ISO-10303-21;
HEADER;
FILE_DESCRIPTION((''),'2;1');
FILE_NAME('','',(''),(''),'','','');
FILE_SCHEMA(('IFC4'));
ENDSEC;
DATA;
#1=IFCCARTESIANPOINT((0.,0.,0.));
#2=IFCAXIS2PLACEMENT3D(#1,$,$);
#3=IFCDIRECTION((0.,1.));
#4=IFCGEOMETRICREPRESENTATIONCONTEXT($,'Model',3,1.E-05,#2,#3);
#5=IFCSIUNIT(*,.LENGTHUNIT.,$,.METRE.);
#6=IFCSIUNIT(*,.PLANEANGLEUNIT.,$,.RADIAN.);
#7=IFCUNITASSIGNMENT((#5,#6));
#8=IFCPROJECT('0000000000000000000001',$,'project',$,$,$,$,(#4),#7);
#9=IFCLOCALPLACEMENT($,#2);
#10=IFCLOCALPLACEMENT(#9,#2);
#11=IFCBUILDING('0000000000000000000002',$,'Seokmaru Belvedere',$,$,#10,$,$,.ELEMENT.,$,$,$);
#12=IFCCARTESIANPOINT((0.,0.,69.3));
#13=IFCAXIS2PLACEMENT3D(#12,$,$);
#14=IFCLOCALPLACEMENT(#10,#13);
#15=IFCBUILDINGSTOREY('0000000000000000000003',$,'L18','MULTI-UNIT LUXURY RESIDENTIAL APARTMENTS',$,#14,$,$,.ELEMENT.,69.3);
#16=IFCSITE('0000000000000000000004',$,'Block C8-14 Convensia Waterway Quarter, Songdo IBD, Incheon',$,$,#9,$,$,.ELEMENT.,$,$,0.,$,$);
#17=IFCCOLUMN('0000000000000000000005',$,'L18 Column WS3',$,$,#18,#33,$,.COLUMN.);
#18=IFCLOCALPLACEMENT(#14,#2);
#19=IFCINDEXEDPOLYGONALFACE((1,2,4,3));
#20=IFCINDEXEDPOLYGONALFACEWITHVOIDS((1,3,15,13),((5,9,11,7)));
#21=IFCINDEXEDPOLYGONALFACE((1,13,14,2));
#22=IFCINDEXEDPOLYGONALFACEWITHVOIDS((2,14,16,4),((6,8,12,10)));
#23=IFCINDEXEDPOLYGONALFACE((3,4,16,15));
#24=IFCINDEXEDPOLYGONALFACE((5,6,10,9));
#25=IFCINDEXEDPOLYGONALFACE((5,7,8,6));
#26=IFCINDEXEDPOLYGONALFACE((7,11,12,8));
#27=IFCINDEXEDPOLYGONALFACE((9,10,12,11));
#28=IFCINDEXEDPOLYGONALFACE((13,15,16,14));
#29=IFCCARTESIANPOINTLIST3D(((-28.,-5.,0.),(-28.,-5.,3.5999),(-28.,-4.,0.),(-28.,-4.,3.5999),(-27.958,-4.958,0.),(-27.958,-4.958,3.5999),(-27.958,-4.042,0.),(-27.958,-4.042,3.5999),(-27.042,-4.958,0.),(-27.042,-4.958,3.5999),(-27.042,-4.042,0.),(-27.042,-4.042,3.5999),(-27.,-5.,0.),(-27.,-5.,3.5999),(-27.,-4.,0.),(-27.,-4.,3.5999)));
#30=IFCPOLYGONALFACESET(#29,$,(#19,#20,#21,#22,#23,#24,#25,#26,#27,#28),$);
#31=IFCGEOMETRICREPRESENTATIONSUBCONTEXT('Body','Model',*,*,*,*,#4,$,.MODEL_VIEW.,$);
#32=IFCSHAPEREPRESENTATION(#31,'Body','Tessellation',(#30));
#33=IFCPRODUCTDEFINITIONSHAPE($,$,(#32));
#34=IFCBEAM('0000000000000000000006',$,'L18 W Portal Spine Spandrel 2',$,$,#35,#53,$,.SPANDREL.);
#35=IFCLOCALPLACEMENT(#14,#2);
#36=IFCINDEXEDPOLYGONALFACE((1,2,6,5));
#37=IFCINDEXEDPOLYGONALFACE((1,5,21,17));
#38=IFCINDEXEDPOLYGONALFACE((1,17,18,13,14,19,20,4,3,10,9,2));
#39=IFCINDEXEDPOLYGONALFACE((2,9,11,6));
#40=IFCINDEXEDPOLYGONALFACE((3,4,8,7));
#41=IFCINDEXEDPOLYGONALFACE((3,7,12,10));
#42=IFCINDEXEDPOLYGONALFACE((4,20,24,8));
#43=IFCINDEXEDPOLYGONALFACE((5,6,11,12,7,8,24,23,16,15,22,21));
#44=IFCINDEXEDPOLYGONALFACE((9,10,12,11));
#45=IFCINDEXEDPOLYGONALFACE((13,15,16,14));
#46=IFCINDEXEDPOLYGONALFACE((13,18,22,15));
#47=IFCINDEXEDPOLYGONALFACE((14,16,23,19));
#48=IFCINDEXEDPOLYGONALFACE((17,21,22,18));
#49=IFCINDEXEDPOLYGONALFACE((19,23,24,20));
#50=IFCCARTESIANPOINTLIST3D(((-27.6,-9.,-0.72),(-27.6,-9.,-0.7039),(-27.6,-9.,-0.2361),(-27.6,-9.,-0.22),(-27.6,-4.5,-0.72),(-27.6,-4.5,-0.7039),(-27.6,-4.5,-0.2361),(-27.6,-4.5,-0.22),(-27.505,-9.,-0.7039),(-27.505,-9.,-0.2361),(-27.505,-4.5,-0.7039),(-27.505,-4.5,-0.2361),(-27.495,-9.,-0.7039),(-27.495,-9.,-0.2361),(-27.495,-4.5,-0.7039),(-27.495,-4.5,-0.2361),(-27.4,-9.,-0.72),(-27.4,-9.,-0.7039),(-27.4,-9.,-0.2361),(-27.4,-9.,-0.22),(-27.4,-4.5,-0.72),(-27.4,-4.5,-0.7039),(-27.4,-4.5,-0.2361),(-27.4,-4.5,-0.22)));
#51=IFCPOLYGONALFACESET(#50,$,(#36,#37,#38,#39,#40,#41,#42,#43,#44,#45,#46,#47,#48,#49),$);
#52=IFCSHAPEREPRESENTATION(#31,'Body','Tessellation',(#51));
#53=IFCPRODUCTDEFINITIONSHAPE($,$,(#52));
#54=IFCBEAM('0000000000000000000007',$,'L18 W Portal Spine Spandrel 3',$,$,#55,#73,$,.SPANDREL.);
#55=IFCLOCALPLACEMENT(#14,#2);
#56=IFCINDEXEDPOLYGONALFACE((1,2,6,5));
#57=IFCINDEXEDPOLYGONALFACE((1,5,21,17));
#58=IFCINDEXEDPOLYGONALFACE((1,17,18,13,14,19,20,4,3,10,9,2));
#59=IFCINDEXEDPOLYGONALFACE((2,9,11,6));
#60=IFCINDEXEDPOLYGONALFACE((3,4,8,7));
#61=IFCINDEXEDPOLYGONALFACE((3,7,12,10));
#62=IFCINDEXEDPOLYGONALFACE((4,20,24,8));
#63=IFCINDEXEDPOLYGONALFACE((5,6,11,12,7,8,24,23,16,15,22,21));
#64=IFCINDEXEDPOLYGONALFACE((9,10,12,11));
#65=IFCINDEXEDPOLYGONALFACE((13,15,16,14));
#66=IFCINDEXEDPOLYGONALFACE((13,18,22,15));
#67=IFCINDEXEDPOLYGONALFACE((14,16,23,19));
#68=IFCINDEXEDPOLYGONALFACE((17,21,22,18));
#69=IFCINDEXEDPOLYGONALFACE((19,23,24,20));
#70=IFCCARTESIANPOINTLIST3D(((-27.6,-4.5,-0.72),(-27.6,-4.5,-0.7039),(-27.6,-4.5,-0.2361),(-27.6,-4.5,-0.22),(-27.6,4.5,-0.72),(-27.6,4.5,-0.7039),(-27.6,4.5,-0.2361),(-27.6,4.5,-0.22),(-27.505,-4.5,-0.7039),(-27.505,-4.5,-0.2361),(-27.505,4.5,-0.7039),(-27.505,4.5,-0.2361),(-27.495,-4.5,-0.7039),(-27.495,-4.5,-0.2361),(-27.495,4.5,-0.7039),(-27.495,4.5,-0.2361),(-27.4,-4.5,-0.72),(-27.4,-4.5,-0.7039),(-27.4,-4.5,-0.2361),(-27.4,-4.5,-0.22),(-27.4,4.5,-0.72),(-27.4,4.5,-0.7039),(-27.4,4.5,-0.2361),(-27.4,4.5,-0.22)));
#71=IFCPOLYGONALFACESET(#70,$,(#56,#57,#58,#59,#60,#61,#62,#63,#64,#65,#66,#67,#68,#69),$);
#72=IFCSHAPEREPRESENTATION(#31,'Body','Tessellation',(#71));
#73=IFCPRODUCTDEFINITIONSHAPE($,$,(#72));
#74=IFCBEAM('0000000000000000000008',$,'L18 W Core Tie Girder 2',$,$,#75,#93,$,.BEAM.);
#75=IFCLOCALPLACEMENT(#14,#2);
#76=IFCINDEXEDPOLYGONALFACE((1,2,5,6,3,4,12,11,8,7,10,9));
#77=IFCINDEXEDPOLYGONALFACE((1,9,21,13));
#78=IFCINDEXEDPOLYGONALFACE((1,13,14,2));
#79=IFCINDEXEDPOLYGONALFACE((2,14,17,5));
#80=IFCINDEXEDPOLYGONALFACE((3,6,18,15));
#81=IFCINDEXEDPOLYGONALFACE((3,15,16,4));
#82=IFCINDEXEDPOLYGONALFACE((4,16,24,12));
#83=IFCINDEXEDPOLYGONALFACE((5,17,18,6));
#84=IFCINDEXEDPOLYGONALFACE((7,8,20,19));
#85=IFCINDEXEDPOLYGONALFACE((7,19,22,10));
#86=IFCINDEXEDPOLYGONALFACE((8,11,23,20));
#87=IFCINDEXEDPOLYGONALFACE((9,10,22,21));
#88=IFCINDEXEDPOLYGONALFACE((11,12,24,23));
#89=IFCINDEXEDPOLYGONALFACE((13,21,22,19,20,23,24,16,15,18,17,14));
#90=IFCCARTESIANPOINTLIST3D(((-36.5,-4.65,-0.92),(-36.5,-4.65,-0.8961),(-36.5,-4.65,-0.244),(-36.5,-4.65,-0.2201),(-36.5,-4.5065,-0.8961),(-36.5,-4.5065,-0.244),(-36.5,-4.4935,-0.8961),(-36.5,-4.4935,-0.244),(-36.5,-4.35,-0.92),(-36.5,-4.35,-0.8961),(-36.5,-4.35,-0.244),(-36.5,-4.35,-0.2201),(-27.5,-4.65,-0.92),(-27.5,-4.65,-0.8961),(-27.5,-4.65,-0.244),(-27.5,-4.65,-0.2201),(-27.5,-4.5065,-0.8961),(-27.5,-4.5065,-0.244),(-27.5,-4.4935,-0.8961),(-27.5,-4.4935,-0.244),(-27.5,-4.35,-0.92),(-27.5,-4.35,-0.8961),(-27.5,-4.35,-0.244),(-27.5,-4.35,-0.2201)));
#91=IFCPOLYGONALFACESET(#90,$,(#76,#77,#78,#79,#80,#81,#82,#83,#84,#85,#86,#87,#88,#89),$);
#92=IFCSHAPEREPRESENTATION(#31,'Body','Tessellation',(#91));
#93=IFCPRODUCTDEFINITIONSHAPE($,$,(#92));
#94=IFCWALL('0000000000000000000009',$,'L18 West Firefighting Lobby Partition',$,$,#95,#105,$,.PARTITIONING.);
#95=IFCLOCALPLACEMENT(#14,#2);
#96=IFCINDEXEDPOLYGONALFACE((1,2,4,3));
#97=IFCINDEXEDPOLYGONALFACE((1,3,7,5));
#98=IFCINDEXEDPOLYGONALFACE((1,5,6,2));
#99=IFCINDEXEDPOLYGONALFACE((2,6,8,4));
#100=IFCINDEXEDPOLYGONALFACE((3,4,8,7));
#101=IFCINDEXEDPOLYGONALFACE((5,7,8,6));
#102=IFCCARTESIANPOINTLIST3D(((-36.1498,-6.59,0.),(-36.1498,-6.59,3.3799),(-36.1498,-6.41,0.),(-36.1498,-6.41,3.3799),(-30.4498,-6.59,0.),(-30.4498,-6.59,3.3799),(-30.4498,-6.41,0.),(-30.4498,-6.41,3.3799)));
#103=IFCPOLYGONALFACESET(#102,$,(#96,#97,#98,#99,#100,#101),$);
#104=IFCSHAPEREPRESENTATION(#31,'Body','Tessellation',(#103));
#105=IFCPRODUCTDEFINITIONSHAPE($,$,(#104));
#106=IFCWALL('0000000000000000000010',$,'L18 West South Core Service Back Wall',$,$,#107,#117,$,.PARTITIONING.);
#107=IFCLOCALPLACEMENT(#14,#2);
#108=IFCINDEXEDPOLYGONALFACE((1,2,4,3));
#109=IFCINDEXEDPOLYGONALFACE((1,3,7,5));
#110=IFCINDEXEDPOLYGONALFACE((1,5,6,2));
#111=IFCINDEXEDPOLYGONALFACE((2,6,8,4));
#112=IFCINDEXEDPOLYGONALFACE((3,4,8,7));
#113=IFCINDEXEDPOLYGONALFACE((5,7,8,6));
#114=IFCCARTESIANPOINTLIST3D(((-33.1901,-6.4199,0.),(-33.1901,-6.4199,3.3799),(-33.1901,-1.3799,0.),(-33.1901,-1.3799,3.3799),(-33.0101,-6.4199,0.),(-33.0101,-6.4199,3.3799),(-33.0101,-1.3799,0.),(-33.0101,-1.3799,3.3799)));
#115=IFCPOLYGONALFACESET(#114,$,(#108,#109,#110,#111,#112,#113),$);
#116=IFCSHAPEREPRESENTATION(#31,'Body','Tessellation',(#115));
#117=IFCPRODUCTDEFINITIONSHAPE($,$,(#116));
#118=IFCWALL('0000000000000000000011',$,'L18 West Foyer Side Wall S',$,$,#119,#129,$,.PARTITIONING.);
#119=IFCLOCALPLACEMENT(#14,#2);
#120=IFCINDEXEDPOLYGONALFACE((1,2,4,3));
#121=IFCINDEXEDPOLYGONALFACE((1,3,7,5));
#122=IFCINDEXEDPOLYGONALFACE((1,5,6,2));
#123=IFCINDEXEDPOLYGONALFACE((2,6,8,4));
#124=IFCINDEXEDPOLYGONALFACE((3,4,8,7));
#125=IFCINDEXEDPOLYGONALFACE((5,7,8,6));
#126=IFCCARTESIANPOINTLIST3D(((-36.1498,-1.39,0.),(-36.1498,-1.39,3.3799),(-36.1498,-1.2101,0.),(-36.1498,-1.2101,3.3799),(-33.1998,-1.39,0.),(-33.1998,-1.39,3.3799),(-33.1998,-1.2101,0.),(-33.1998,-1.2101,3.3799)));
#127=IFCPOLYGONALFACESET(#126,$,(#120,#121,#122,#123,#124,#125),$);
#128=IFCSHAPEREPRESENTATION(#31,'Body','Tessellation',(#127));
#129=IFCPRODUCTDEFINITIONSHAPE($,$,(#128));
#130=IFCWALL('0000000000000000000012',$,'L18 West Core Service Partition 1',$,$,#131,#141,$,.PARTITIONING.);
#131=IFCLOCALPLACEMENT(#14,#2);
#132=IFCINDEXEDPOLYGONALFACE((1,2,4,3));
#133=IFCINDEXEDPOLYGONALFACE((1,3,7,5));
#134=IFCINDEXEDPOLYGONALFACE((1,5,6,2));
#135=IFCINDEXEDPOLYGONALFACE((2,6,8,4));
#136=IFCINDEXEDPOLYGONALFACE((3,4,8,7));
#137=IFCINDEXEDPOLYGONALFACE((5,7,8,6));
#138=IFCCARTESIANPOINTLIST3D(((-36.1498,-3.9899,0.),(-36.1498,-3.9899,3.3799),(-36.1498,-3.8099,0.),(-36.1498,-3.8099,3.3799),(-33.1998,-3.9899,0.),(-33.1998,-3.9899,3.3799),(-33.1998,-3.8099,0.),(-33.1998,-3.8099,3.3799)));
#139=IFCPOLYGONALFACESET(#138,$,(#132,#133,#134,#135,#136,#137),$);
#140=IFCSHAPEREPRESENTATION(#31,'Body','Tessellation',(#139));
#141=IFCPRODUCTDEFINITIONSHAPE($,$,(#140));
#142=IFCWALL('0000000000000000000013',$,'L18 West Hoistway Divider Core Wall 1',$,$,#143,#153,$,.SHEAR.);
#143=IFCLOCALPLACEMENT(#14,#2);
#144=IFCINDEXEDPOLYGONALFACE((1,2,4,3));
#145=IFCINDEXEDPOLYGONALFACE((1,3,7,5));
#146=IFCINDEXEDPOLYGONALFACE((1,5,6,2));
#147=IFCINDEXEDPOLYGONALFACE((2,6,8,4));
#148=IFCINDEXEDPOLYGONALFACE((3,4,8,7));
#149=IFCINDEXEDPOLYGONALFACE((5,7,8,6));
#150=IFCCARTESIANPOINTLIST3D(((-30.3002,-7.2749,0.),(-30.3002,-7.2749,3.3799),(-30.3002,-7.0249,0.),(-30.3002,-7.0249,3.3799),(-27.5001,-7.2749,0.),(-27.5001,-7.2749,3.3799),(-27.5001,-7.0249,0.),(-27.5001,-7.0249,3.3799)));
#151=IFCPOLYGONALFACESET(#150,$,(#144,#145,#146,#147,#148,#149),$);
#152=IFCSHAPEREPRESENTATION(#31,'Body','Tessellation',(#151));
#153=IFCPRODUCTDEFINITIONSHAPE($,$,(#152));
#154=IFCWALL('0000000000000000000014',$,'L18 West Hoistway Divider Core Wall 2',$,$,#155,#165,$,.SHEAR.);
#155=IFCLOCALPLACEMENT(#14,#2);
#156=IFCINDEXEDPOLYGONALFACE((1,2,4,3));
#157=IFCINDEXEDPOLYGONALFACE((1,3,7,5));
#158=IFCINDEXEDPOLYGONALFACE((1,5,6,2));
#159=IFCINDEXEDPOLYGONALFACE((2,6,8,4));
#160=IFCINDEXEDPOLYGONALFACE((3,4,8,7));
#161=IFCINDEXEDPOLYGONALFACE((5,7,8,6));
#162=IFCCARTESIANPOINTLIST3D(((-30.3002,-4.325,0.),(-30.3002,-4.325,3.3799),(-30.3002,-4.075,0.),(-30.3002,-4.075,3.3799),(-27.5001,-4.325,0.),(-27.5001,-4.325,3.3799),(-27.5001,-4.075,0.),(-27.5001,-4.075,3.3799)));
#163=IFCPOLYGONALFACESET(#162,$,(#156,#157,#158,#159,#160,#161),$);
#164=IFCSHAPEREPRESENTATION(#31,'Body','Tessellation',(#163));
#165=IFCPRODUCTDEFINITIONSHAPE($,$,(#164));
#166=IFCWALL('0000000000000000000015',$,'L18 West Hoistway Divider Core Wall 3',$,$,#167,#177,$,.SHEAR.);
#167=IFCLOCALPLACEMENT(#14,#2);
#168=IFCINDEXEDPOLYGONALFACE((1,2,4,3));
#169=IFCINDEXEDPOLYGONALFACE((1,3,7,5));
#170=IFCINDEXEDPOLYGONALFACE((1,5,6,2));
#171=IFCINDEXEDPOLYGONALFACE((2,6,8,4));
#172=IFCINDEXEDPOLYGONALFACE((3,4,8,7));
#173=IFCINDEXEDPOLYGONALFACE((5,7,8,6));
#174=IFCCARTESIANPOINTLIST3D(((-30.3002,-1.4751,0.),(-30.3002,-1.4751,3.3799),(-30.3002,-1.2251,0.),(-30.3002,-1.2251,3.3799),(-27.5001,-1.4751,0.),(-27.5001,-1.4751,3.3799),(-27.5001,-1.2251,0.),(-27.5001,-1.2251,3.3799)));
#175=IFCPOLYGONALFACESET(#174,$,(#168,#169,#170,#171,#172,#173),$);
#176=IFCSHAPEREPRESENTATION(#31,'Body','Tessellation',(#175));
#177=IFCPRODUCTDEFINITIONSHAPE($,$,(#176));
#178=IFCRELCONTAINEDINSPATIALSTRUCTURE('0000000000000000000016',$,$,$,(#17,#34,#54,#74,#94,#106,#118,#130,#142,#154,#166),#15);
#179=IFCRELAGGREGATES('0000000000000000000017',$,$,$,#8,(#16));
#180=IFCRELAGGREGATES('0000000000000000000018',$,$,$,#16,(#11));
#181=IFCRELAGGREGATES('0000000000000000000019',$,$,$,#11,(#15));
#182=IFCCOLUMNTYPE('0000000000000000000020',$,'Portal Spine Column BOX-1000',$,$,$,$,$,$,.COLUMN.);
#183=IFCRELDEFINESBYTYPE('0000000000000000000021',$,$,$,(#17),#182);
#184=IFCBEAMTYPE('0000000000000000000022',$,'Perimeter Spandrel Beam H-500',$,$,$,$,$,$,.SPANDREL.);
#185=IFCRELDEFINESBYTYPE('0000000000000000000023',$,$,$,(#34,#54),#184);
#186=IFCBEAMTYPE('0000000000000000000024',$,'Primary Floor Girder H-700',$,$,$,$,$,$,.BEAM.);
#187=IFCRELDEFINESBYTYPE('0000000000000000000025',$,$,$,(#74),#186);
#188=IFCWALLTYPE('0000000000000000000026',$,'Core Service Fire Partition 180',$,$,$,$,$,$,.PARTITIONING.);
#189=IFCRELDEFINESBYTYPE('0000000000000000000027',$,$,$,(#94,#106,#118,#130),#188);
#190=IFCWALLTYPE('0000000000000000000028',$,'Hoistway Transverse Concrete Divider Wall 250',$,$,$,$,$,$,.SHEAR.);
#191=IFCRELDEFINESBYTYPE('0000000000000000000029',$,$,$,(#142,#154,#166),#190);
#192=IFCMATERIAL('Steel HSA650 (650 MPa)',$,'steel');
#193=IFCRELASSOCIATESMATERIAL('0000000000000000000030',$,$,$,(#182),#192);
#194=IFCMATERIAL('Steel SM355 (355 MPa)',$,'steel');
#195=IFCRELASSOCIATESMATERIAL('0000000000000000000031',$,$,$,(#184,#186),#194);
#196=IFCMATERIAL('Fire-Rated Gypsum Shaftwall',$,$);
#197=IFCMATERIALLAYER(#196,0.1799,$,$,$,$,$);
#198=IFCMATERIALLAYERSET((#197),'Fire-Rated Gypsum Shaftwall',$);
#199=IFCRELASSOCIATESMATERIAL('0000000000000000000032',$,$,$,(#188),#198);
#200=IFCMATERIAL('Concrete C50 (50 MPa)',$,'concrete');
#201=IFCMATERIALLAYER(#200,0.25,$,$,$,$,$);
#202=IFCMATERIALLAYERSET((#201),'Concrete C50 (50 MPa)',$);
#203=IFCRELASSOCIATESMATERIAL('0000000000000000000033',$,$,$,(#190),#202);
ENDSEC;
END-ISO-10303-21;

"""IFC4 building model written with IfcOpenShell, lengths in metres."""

from ifc_helpers import new_model, si_unit, direction, frame, frame_2d, origin, origin_2d, place, context, subcontext, project, spatial, rectangle, hollow_rectangle, i_section, extrude, source, transform, mapped, material, layer, layer_set, material_profile, profile_set, type_object, type_shapes, element, save


model = new_model("IFC4")

# Units and contexts
model_context = context("Model", 3, precision=1e-05, world=origin(), true_north=direction((0.0, 1.0)))
body_context = subcontext(model_context, "Body", "Model", "MODEL_VIEW")
ifc_project = project(units=[si_unit("LENGTHUNIT", "METRE"), si_unit("PLANEANGLEUNIT", "RADIAN")], contexts=[model_context])

# Site, building, storey
site_placement = place(None, origin())
site = spatial("IfcSite", under=ifc_project, at=site_placement, Name="Block C8-14 Convensia Waterway Quarter, Songdo IBD, Incheon", CompositionType="ELEMENT", RefElevation=0.0)
building_placement = place(site_placement, origin())
building = spatial("IfcBuilding", under=site, at=building_placement, Name="Seokmaru Belvedere", CompositionType="ELEMENT")
storey_placement = place(building_placement, frame((0.0, 0.0, 69.3)))
storey = spatial("IfcBuildingStorey", under=building, at=storey_placement, Name="L18", Description="MULTI-UNIT LUXURY RESIDENTIAL APARTMENTS", CompositionType="ELEMENT", Elevation=69.3)

# Column
ifc_material_1 = material(Name="Steel HSA650 (650 MPa)", Category="steel")
ifc_material_profile_1 = material_profile(ifc_material_1, hollow_rectangle(XDim=1.0, YDim=1.0, WallThickness=0.042, at=origin_2d()), Name="BOX-1000x1000x42")
ifc_profile_set_1 = profile_set([ifc_material_profile_1], Name="Steel HSA650 (650 MPa)")
column_type = type_object("IfcColumnType", Name="Portal Spine Column BOX-1000", PredefinedType="COLUMN", material=ifc_profile_set_1)
shared_shape_1 = source(origin(), body_context, "Body", "SweptSolid", [
    extrude(hollow_rectangle(XDim=1.0, YDim=1.0, WallThickness=0.042, at=origin_2d()), origin(), (0.0, 0.0, 1.0), 3.5999),
])
type_shapes(column_type, [shared_shape_1])
column_placement = place(storey_placement, frame((-27.5, -4.5, 0.0), z_axis=(0.0, 0.0, 1.0), x_axis=(1.0, 0.0, 0.0)))
element("IfcColumn", 1, at=column_placement, inside=storey, type_object=column_type, Name="L18 Column WS3", PredefinedType="COLUMN", context=body_context, shape_type="MappedRepresentation", body=[
    mapped(shared_shape_1, transform((0.0, 0.0, 0.0), scale=1.0)),
])

# Beams
ifc_material_2 = material(Name="Steel SM355 (355 MPa)", Category="steel")
ifc_material_profile_2 = material_profile(ifc_material_2, i_section(OverallWidth=0.2, OverallDepth=0.5, WebThickness=0.01, FlangeThickness=0.0161, at=origin_2d()), Name="H-500x200x10x16")
ifc_profile_set_2 = profile_set([ifc_material_profile_2], Name="Steel SM355 (355 MPa)")
beam_type_1 = type_object("IfcBeamType", Name="Perimeter Spandrel Beam H-500", PredefinedType="SPANDREL", material=ifc_profile_set_2)
shared_shape_2 = source(origin(), body_context, "Body", "SweptSolid", [
    extrude(i_section(OverallWidth=0.2, OverallDepth=0.5, WebThickness=0.01, FlangeThickness=0.0161, at=origin_2d()), origin(), (0.0, 0.0, 1.0), 4.5),
])
beam_1_placement = place(storey_placement, frame((-27.5, -9.0, -0.47), z_axis=(0.0, 1.0, 0.0), x_axis=(-1.0, 0.0, 0.0)))
element("IfcBeam", 2, at=beam_1_placement, inside=storey, type_object=beam_type_1, Name="L18 W Portal Spine Spandrel 2", PredefinedType="SPANDREL", context=body_context, shape_type="MappedRepresentation", body=[
    mapped(shared_shape_2, transform((0.0, 0.0, 0.0), scale=1.0)),
])
shared_shape_3 = source(origin(), body_context, "Body", "SweptSolid", [
    extrude(i_section(OverallWidth=0.2, OverallDepth=0.5, WebThickness=0.01, FlangeThickness=0.0161, at=origin_2d()), origin(), (0.0, 0.0, 1.0), 9.0),
])
type_shapes(beam_type_1, [shared_shape_2, shared_shape_3])
beam_2_placement = place(storey_placement, frame((-27.5, -4.5, -0.47), z_axis=(0.0, 1.0, 0.0), x_axis=(-1.0, 0.0, 0.0)))
element("IfcBeam", 3, at=beam_2_placement, inside=storey, type_object=beam_type_1, Name="L18 W Portal Spine Spandrel 3", PredefinedType="SPANDREL", context=body_context, shape_type="MappedRepresentation", body=[
    mapped(shared_shape_3, transform((0.0, 0.0, 0.0), scale=1.0)),
])
ifc_material_profile_3 = material_profile(ifc_material_2, i_section(OverallWidth=0.3, OverallDepth=0.7, WebThickness=0.0129, FlangeThickness=0.0239, at=origin_2d()), Name="H-700x300x13x24")
ifc_profile_set_3 = profile_set([ifc_material_profile_3], Name="Steel SM355 (355 MPa)")
beam_type_2 = type_object("IfcBeamType", Name="Primary Floor Girder H-700", PredefinedType="BEAM", material=ifc_profile_set_3)
shared_shape_4 = source(origin(), body_context, "Body", "SweptSolid", [
    extrude(i_section(OverallWidth=0.3, OverallDepth=0.7, WebThickness=0.0129, FlangeThickness=0.0239, at=origin_2d()), origin(), (0.0, 0.0, 1.0), 9.0),
])
type_shapes(beam_type_2, [shared_shape_4])
beam_3_placement = place(storey_placement, frame((-36.5, -4.5, -0.5701), z_axis=(1.0, 0.0, 0.0), x_axis=(0.0, 1.0, 0.0)))
element("IfcBeam", 4, at=beam_3_placement, inside=storey, type_object=beam_type_2, Name="L18 W Core Tie Girder 2", PredefinedType="BEAM", context=body_context, shape_type="MappedRepresentation", body=[
    mapped(shared_shape_4, transform((0.0, 0.0, 0.0), scale=1.0)),
])

# Walls
ifc_material_3 = material(Name="Fire-Rated Gypsum Shaftwall")
ifc_layer_1 = layer(ifc_material_3, 0.1799)
ifc_layer_set_1 = layer_set([ifc_layer_1], Name="Fire-Rated Gypsum Shaftwall")
wall_type_1 = type_object("IfcWallType", Name="Core Service Fire Partition 180", PredefinedType="PARTITIONING", material=ifc_layer_set_1)
wall_1_placement = place(storey_placement, frame((-36.1499, -6.5, 0.0), z_axis=(0.0, 0.0, 1.0), x_axis=(1.0, 0.0, 0.0)))
element("IfcWall", 5, at=wall_1_placement, inside=storey, type_object=wall_type_1, Name="L18 West Firefighting Lobby Partition", PredefinedType="PARTITIONING", context=body_context, shape_type="SweptSolid", body=[
    extrude(rectangle(XDim=5.7, YDim=0.1799, at=frame_2d((2.8501, 0.0))), origin(), (0.0, 0.0, 1.0), 3.3799),
])
wall_2_placement = place(storey_placement, frame((-33.1001, -6.4199, 0.0), z_axis=(0.0, 0.0, 1.0), x_axis=(0.0, 1.0, 0.0)))
element("IfcWall", 6, at=wall_2_placement, inside=storey, type_object=wall_type_1, Name="L18 West South Core Service Back Wall", PredefinedType="PARTITIONING", context=body_context, shape_type="SweptSolid", body=[
    extrude(rectangle(XDim=5.04, YDim=0.1799, at=frame_2d((2.52, 0.0))), origin(), (0.0, 0.0, 1.0), 3.3799),
])
for number, where, z_axis, x_axis, name in (
    (7, (-36.1499, -1.3, 0.0), (0.0, 0.0, 1.0), (1.0, 0.0, 0.0), "L18 West Foyer Side Wall S"),
    (8, (-36.1499, -3.8999, 0.0), (0.0, 0.0, 1.0), (1.0, 0.0, 0.0), "L18 West Core Service Partition 1"),
):
    element("IfcWall", number, at=place(storey_placement, frame(where, z_axis=z_axis, x_axis=x_axis)), inside=storey, type_object=wall_type_1, Name=name, PredefinedType="PARTITIONING", context=body_context, shape_type="SweptSolid", body=[
        extrude(rectangle(XDim=2.95, YDim=0.1799, at=frame_2d((1.4751, 0.0))), origin(), (0.0, 0.0, 1.0), 3.3799),
    ])
ifc_material_4 = material(Name="Concrete C50 (50 MPa)", Category="concrete")
ifc_layer_2 = layer(ifc_material_4, 0.25)
ifc_layer_set_2 = layer_set([ifc_layer_2], Name="Concrete C50 (50 MPa)")
wall_type_2 = type_object("IfcWallType", Name="Hoistway Transverse Concrete Divider Wall 250", PredefinedType="SHEAR", material=ifc_layer_set_2)
for number, where, z_axis, x_axis, name in (
    (9, (-30.3, -7.1499, 0.0), (0.0, 0.0, 1.0), (1.0, 0.0, 0.0), "L18 West Hoistway Divider Core Wall 1"),
    (10, (-30.3, -4.2, 0.0), (0.0, 0.0, 1.0), (1.0, 0.0, 0.0), "L18 West Hoistway Divider Core Wall 2"),
    (11, (-30.3, -1.3501, 0.0), (0.0, 0.0, 1.0), (1.0, 0.0, 0.0), "L18 West Hoistway Divider Core Wall 3"),
):
    element("IfcWall", number, at=place(storey_placement, frame(where, z_axis=z_axis, x_axis=x_axis)), inside=storey, type_object=wall_type_2, Name=name, PredefinedType="SHEAR", context=body_context, shape_type="SweptSolid", body=[
        extrude(rectangle(XDim=2.8, YDim=0.25, at=frame_2d((1.3999, 0.0))), origin(), (0.0, 0.0, 1.0), 3.3799),
    ])

save(model, "model.ifc")
